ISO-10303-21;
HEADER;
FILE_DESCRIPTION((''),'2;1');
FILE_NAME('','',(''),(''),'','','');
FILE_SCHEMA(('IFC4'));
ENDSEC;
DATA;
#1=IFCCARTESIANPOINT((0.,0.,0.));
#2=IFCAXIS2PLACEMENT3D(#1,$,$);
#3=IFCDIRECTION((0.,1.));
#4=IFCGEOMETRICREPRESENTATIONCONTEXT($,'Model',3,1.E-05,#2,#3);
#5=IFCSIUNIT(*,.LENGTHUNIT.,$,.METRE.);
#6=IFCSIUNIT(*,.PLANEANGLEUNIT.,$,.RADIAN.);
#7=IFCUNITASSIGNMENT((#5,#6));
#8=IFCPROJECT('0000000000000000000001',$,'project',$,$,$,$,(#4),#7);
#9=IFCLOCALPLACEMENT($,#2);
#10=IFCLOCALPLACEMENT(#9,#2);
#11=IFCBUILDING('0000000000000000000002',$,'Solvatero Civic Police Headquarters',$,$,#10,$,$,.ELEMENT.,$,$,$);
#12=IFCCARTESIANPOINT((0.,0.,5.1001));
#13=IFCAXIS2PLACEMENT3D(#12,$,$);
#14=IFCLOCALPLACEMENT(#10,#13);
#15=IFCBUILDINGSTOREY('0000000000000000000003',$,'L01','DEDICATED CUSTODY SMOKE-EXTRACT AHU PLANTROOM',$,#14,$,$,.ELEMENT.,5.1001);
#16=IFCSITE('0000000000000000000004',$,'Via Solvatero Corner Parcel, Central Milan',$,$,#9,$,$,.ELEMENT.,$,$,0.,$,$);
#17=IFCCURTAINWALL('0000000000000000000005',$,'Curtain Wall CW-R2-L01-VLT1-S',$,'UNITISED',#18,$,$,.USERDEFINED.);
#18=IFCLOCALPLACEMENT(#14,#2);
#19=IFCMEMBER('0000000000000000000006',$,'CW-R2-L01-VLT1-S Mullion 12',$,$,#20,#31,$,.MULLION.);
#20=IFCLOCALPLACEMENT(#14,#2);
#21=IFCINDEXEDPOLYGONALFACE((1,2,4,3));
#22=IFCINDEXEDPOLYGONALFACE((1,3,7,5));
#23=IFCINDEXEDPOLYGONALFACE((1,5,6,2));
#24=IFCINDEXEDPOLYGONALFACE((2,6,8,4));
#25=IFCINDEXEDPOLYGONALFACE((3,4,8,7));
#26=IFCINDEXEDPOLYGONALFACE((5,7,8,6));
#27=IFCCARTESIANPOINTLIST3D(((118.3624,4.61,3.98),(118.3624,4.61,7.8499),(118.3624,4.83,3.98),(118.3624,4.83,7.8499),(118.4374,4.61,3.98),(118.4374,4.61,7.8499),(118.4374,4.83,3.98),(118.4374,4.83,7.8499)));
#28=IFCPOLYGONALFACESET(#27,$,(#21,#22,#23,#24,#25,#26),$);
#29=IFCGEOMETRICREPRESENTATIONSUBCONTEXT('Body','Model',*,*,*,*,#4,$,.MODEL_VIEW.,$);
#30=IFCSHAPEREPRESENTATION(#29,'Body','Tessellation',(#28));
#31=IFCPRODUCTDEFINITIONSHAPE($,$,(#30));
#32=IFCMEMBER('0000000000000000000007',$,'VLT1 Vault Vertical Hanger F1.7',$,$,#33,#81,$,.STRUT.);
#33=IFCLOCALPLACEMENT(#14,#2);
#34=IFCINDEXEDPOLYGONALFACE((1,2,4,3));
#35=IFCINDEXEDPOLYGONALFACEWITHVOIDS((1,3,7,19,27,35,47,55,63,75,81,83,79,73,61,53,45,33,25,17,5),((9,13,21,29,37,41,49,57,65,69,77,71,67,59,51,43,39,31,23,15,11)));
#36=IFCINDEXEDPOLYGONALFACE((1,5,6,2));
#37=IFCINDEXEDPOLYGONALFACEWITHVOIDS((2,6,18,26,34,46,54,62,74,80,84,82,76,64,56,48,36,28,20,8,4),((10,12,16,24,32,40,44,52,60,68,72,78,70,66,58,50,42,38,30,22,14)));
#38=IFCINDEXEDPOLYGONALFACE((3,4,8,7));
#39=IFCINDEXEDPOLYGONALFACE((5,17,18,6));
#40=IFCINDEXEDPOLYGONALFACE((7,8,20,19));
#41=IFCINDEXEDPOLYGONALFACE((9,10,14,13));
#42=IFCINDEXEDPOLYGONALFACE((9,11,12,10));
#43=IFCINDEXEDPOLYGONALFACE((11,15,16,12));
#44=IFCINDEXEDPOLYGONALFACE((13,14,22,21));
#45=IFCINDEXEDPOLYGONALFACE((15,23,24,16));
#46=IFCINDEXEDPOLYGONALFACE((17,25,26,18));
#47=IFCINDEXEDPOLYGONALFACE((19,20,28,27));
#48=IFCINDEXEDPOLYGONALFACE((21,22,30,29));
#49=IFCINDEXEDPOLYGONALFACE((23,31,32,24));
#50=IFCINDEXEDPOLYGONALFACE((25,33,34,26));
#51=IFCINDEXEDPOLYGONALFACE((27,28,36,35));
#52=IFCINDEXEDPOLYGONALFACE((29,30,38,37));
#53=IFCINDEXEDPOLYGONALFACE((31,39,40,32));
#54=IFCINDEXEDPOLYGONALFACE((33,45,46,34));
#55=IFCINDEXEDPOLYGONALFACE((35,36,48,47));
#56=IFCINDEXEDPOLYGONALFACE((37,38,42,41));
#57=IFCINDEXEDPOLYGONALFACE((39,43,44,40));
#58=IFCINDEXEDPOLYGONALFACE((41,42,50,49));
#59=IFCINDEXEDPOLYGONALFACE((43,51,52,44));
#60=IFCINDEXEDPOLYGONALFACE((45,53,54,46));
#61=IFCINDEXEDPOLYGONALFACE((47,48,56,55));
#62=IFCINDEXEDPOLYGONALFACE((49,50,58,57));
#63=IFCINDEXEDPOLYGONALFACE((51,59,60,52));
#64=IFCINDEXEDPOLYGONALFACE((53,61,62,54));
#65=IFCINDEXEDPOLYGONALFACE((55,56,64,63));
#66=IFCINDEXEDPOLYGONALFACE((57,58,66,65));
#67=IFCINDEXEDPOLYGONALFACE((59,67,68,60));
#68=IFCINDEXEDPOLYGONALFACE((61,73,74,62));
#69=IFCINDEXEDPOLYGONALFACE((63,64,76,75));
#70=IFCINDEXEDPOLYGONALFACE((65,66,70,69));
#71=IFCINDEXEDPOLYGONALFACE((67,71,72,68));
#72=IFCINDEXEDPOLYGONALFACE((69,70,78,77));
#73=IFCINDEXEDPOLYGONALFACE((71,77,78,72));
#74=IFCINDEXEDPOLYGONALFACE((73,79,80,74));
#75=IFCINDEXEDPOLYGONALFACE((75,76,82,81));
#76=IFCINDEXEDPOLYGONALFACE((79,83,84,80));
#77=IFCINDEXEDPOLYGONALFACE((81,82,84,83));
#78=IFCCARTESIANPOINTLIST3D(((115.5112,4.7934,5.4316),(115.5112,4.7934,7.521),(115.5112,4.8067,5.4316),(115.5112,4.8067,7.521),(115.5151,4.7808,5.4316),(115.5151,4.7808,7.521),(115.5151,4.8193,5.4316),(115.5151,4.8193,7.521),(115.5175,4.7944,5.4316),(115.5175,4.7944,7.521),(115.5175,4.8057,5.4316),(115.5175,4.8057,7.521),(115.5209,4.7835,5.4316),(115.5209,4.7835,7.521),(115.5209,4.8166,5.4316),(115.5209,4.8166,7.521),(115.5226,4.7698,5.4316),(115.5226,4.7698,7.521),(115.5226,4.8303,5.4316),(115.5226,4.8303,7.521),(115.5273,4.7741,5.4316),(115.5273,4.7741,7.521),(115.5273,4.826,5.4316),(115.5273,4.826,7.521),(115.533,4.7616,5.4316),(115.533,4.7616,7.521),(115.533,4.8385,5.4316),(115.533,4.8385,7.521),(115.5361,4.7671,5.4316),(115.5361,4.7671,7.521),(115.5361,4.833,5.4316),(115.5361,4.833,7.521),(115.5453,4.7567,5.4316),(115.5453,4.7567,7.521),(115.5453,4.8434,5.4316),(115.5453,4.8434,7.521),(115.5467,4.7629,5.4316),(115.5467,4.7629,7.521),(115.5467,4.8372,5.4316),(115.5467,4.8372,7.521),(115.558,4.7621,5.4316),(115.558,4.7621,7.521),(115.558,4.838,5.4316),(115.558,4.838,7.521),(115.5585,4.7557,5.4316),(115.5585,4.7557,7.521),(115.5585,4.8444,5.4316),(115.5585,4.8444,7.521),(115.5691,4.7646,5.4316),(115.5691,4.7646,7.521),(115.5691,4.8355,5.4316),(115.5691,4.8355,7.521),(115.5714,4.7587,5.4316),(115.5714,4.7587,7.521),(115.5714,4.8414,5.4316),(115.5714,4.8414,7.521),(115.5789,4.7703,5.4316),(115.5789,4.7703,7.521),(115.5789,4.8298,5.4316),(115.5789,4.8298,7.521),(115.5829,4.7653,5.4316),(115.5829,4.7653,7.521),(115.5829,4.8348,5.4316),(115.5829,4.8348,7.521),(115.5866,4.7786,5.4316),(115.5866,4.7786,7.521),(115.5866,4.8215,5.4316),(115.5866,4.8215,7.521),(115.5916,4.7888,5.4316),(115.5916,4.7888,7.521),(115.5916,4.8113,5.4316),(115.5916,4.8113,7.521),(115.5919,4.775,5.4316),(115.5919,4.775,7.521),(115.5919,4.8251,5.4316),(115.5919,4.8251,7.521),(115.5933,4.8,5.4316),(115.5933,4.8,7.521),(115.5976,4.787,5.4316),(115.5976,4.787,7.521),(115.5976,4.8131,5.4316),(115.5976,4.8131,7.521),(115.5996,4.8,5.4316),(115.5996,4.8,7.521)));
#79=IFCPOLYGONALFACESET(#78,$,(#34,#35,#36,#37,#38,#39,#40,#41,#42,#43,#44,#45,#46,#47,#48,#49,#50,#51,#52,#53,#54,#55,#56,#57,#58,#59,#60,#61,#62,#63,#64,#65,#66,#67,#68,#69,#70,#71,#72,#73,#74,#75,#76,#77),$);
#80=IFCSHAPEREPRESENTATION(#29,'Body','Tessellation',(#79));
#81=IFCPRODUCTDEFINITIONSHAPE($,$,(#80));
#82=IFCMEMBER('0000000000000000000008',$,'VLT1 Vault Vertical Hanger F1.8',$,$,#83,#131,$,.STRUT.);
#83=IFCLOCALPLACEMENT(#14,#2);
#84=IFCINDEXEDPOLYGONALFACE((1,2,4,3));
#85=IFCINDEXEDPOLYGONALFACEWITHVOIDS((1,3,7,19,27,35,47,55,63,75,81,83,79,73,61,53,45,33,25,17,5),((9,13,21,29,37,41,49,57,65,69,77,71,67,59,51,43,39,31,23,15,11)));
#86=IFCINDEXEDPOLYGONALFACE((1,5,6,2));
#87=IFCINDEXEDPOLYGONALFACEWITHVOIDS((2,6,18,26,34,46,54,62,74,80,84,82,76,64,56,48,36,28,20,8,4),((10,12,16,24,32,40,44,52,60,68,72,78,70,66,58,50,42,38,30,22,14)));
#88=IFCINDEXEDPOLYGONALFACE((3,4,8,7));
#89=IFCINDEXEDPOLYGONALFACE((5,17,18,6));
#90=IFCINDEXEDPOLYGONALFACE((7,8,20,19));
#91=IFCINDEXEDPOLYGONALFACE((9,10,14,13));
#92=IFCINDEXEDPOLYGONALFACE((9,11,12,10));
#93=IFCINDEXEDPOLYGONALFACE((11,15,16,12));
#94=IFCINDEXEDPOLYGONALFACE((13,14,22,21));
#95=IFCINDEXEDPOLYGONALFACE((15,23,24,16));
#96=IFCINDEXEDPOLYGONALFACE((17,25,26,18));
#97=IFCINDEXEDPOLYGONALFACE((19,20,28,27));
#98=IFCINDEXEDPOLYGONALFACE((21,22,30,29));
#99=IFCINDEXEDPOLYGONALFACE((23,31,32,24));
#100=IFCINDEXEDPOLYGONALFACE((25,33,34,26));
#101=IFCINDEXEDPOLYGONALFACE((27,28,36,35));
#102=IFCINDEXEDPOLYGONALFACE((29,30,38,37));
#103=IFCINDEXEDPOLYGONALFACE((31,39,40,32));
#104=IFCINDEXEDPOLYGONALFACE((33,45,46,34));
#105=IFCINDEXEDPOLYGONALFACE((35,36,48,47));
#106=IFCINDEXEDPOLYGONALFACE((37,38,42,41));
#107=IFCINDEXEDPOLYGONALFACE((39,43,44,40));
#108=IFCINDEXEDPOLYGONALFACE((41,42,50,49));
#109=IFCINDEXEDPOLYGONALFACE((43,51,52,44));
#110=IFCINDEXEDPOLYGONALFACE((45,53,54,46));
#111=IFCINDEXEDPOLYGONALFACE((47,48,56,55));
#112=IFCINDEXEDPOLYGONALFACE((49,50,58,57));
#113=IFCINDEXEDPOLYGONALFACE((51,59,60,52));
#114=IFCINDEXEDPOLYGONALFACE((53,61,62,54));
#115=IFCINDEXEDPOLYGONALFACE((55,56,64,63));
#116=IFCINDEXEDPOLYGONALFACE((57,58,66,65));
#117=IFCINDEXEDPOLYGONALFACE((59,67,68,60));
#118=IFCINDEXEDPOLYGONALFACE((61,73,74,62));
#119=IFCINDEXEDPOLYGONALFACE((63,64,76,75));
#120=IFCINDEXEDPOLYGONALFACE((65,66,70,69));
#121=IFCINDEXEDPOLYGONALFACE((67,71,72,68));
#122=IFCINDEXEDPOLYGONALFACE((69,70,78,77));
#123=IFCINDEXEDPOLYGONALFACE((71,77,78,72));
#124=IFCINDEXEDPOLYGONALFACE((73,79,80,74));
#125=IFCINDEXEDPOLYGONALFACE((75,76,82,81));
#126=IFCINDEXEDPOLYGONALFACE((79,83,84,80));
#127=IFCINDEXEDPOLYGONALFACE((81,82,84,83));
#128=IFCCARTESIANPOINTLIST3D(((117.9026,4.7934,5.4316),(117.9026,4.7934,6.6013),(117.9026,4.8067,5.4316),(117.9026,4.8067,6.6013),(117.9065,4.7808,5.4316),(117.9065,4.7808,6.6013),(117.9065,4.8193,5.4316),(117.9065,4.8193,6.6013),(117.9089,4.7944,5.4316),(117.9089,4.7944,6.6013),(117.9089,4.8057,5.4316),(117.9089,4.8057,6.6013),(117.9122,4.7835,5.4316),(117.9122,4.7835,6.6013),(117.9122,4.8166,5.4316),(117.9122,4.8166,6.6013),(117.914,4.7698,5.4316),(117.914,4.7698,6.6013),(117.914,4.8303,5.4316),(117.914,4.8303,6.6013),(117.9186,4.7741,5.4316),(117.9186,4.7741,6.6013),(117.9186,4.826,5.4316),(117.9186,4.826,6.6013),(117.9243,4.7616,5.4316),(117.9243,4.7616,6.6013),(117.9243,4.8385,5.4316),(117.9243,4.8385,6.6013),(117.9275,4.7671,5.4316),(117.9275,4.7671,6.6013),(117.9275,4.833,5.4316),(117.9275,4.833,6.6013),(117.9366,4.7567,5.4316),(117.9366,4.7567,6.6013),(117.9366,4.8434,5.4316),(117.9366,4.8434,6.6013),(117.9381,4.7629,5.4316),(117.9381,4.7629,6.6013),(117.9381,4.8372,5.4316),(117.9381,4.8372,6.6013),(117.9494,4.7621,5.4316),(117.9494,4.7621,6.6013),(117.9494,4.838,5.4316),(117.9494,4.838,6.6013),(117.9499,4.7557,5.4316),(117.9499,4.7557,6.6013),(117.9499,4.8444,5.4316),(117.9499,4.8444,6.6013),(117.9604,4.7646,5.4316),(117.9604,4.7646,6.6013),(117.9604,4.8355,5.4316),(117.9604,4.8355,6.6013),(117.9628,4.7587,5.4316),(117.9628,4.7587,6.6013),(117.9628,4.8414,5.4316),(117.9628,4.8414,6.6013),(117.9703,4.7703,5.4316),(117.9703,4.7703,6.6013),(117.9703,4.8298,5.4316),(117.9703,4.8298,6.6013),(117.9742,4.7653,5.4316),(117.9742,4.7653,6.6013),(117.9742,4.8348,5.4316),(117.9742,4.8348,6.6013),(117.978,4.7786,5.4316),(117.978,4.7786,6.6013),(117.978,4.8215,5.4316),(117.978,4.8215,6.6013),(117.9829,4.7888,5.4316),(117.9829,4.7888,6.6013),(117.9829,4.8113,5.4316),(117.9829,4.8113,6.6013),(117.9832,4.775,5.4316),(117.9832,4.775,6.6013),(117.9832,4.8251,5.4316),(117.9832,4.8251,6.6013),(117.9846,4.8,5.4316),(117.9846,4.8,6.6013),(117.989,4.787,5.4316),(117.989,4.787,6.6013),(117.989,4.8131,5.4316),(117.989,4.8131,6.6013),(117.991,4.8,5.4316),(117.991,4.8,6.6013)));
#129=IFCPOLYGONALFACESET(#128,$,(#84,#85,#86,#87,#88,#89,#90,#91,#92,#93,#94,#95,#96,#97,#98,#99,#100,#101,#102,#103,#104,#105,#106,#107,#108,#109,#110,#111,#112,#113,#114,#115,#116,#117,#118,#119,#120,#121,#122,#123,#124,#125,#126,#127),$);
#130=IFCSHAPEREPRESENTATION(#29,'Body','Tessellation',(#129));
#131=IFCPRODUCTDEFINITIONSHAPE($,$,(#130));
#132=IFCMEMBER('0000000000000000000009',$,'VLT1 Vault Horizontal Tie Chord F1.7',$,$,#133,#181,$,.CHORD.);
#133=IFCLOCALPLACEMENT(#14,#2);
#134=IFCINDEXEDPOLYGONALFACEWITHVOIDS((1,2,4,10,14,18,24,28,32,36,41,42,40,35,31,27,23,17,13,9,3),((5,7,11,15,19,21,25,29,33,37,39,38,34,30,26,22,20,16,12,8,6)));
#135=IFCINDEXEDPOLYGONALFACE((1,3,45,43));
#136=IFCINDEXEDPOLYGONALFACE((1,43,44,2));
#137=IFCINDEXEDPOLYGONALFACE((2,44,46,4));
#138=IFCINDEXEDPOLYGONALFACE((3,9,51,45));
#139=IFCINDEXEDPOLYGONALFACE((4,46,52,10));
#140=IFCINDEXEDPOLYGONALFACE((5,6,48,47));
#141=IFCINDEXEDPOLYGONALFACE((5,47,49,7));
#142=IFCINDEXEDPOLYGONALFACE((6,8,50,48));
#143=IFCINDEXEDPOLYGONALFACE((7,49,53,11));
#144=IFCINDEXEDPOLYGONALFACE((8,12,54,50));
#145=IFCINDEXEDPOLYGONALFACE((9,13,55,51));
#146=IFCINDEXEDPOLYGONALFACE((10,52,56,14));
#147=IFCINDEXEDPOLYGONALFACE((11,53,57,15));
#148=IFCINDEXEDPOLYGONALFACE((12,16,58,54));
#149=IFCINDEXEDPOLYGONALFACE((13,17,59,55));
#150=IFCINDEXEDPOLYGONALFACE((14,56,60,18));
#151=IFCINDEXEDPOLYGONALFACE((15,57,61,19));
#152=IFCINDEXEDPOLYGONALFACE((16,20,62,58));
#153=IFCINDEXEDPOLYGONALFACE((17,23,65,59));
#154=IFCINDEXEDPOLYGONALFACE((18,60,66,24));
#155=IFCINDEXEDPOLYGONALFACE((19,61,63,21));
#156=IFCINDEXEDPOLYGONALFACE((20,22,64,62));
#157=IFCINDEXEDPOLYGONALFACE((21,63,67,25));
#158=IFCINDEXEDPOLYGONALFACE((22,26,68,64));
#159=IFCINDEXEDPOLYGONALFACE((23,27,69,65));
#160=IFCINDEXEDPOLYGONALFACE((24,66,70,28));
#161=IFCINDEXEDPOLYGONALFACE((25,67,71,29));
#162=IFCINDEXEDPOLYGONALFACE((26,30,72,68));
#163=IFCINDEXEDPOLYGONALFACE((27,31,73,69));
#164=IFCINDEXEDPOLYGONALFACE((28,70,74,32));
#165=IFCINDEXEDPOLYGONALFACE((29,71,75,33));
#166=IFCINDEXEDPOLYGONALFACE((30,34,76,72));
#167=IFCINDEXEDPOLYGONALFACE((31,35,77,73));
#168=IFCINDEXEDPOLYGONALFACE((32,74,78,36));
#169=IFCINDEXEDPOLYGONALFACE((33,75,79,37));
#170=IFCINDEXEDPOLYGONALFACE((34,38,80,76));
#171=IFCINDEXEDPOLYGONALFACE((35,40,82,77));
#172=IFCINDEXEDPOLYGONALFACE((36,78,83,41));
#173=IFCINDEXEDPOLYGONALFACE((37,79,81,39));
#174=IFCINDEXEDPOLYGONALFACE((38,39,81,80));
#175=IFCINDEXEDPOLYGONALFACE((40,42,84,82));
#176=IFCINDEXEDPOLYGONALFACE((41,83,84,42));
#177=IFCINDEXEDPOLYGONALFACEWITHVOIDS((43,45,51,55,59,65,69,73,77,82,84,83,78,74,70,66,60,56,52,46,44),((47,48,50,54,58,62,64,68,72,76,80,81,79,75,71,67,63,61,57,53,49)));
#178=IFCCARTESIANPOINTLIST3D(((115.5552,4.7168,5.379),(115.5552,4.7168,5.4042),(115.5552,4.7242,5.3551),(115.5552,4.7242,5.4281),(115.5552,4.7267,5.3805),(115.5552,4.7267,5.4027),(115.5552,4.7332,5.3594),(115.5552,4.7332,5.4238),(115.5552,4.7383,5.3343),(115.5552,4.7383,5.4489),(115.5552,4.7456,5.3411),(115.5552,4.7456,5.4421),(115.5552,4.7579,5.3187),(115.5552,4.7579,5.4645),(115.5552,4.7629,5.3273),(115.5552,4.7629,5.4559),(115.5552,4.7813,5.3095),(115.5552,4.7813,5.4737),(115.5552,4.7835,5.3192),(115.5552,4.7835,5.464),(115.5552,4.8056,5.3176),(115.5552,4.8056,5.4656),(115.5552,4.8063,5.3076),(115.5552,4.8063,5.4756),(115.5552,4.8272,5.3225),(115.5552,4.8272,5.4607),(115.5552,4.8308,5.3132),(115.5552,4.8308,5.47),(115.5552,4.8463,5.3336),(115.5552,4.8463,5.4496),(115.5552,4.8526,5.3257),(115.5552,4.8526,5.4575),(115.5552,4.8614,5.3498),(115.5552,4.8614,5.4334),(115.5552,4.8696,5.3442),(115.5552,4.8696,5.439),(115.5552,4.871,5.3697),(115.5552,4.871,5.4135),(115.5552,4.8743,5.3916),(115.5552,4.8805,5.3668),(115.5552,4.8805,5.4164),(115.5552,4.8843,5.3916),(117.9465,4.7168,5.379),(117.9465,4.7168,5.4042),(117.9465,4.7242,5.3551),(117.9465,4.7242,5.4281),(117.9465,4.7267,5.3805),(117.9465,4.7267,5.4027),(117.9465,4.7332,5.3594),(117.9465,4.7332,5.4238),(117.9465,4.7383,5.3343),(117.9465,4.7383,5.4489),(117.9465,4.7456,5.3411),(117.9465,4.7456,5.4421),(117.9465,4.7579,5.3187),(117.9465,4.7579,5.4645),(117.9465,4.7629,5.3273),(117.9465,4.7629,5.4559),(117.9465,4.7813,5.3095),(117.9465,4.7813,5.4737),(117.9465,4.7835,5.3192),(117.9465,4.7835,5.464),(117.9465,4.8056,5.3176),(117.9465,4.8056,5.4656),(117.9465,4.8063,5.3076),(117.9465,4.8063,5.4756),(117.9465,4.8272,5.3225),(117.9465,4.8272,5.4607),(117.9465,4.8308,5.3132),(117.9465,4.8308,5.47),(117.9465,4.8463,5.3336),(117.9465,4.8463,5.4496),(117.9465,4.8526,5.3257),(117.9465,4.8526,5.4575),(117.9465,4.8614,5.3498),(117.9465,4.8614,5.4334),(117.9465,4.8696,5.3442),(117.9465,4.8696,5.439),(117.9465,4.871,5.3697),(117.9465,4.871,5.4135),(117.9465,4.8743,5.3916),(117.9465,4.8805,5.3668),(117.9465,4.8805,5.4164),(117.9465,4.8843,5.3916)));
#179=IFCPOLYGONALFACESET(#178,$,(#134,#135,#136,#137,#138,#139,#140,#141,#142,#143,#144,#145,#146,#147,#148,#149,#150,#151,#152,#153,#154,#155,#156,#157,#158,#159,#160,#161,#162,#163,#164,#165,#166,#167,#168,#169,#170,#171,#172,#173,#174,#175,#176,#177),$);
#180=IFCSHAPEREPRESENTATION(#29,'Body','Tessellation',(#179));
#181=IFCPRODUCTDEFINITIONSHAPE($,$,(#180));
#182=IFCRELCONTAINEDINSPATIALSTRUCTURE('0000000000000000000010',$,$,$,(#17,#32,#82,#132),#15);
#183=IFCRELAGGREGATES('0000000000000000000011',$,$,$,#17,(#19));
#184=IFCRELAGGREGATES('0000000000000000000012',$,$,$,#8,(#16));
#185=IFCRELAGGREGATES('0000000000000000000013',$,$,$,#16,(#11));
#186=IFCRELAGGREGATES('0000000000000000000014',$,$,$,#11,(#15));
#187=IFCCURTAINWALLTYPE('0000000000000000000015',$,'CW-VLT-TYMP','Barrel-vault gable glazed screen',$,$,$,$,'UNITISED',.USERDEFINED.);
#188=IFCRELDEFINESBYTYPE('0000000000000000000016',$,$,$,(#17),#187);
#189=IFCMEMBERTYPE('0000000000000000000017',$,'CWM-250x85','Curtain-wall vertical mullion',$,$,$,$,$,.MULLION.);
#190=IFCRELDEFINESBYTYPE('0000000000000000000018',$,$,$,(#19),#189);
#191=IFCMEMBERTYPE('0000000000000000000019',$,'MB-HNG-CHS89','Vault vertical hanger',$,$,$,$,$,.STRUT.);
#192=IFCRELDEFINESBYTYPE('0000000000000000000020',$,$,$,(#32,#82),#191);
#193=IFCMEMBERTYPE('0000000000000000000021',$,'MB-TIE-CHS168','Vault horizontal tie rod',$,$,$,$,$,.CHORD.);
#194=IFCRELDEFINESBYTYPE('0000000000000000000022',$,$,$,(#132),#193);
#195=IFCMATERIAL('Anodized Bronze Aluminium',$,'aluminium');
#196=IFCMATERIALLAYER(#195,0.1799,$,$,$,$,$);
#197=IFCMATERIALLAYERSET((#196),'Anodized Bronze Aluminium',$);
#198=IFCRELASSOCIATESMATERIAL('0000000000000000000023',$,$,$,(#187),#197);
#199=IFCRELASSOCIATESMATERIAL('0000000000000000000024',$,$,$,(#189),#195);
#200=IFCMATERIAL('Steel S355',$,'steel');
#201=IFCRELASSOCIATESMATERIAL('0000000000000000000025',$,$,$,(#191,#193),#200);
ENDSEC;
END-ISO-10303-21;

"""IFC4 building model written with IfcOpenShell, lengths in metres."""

from ifc_helpers import new_model, si_unit, direction, frame, origin, origin_2d, place, context, subcontext, project, spatial, rectangle, hollow_circle, extrude, material, layer, layer_set, material_profile, profile_set, type_object, element, aggregate, save


model = new_model("IFC4")

# Units and contexts
model_context = context("Model", 3, precision=1e-05, world=origin(), true_north=direction((0.0, 1.0)))
body_context = subcontext(model_context, "Body", "Model", "MODEL_VIEW")
ifc_project = project(units=[si_unit("LENGTHUNIT", "METRE"), si_unit("PLANEANGLEUNIT", "RADIAN")], contexts=[model_context])

# Site, building, storey
site_placement = place(None, origin())
site = spatial("IfcSite", under=ifc_project, at=site_placement, Name="Via Solvatero Corner Parcel, Central Milan", CompositionType="ELEMENT", RefElevation=0.0)
building_placement = place(site_placement, origin())
building = spatial("IfcBuilding", under=site, at=building_placement, Name="Solvatero Civic Police Headquarters", CompositionType="ELEMENT")
storey_placement = place(building_placement, frame((0.0, 0.0, 5.1001)))
storey = spatial("IfcBuildingStorey", under=building, at=storey_placement, Name="L01", Description="DEDICATED CUSTODY SMOKE-EXTRACT AHU PLANTROOM", CompositionType="ELEMENT", Elevation=5.1001)

# Shared definitions
ifc_material_1 = material(Name="Steel S355", Category="steel")

# Curtain wall, member
ifc_material_2 = material(Name="Anodized Bronze Aluminium", Category="aluminium")
ifc_layer_1 = layer(ifc_material_2, 0.1799)
ifc_layer_set_1 = layer_set([ifc_layer_1], Name="Anodized Bronze Aluminium")
curtain_wall_type_1 = type_object("IfcCurtainWallType", Name="CW-VLT-TYMP", Description="Barrel-vault gable glazed screen", ElementType="UNITISED", PredefinedType="USERDEFINED", material=ifc_layer_set_1)
curtain_wall_1_placement = place(storey_placement, origin())
curtain_wall_1 = element("IfcCurtainWall", 1, at=curtain_wall_1_placement, inside=storey, type_object=curtain_wall_type_1, Name="Curtain Wall CW-R2-L01-VLT1-S", ObjectType="UNITISED", PredefinedType="USERDEFINED")
ifc_material_profile_1 = material_profile(ifc_material_2, rectangle(XDim=0.075, YDim=0.22, at=origin_2d()), Name="ALU MULLION 75x220")
ifc_profile_set_1 = profile_set([ifc_material_profile_1], Name="Anodized Bronze Aluminium")
member_type_1 = type_object("IfcMemberType", Name="CWM-250x85", Description="Curtain-wall vertical mullion", PredefinedType="MULLION", material=ifc_profile_set_1)
member_1_placement = place(storey_placement, frame((118.3999, 4.72, 3.98), z_axis=(0.0, 0.0, 1.0), x_axis=(1.0, 0.0, 0.0)))
member_1 = element("IfcMember", 2, at=member_1_placement, type_object=member_type_1, Name="CW-R2-L01-VLT1-S Mullion 12", PredefinedType="MULLION", context=body_context, shape_type="SweptSolid", body=[
    extrude(rectangle(XDim=0.075, YDim=0.22, at=origin_2d()), origin(), (0.0, 0.0, 1.0), 3.8699),
])

# Members
ifc_material_profile_2 = material_profile(ifc_material_1, hollow_circle(Radius=0.0444, WallThickness=0.0063, at=origin_2d()), Name="CHS 88.9x6.3")
ifc_profile_set_2 = profile_set([ifc_material_profile_2], Name="Steel S355")
member_type_2 = type_object("IfcMemberType", Name="MB-HNG-CHS89", Description="Vault vertical hanger", PredefinedType="STRUT", material=ifc_profile_set_2)
member_2_placement = place(storey_placement, frame((115.5552, 4.8, 5.4316), z_axis=(0.0, 0.0, 1.0), x_axis=(1.0, 0.0, 0.0)))
element("IfcMember", 3, at=member_2_placement, inside=storey, type_object=member_type_2, Name="VLT1 Vault Vertical Hanger F1.7", PredefinedType="STRUT", context=body_context, shape_type="SweptSolid", body=[
    extrude(hollow_circle(Radius=0.0444, WallThickness=0.0063, at=origin_2d()), origin(), (0.0, 0.0, 1.0), 2.0894),
])
member_3_placement = place(storey_placement, frame((117.9465, 4.8, 5.4316), z_axis=(0.0, 0.0, 1.0), x_axis=(1.0, 0.0, 0.0)))
element("IfcMember", 4, at=member_3_placement, inside=storey, type_object=member_type_2, Name="VLT1 Vault Vertical Hanger F1.8", PredefinedType="STRUT", context=body_context, shape_type="SweptSolid", body=[
    extrude(hollow_circle(Radius=0.0444, WallThickness=0.0063, at=origin_2d()), origin(), (0.0, 0.0, 1.0), 1.1697),
])
ifc_material_profile_3 = material_profile(ifc_material_1, hollow_circle(Radius=0.0842, WallThickness=0.01, at=origin_2d()), Name="CHS 168.3x10.0")
ifc_profile_set_3 = profile_set([ifc_material_profile_3], Name="Steel S355")
member_type_3 = type_object("IfcMemberType", Name="MB-TIE-CHS168", Description="Vault horizontal tie rod", PredefinedType="CHORD", material=ifc_profile_set_3)
member_4_placement = place(storey_placement, frame((115.5552, 4.8, 5.3916), z_axis=(1.0, 0.0, 0.0), x_axis=(0.0, 1.0, 0.0)))
element("IfcMember", 5, at=member_4_placement, inside=storey, type_object=member_type_3, Name="VLT1 Vault Horizontal Tie Chord F1.7", PredefinedType="CHORD", context=body_context, shape_type="SweptSolid", body=[
    extrude(hollow_circle(Radius=0.0842, WallThickness=0.01, at=origin_2d()), origin(), (0.0, 0.0, 1.0), 2.3914),
])

aggregate(curtain_wall_1, [member_1])

save(model, "model.ifc")
